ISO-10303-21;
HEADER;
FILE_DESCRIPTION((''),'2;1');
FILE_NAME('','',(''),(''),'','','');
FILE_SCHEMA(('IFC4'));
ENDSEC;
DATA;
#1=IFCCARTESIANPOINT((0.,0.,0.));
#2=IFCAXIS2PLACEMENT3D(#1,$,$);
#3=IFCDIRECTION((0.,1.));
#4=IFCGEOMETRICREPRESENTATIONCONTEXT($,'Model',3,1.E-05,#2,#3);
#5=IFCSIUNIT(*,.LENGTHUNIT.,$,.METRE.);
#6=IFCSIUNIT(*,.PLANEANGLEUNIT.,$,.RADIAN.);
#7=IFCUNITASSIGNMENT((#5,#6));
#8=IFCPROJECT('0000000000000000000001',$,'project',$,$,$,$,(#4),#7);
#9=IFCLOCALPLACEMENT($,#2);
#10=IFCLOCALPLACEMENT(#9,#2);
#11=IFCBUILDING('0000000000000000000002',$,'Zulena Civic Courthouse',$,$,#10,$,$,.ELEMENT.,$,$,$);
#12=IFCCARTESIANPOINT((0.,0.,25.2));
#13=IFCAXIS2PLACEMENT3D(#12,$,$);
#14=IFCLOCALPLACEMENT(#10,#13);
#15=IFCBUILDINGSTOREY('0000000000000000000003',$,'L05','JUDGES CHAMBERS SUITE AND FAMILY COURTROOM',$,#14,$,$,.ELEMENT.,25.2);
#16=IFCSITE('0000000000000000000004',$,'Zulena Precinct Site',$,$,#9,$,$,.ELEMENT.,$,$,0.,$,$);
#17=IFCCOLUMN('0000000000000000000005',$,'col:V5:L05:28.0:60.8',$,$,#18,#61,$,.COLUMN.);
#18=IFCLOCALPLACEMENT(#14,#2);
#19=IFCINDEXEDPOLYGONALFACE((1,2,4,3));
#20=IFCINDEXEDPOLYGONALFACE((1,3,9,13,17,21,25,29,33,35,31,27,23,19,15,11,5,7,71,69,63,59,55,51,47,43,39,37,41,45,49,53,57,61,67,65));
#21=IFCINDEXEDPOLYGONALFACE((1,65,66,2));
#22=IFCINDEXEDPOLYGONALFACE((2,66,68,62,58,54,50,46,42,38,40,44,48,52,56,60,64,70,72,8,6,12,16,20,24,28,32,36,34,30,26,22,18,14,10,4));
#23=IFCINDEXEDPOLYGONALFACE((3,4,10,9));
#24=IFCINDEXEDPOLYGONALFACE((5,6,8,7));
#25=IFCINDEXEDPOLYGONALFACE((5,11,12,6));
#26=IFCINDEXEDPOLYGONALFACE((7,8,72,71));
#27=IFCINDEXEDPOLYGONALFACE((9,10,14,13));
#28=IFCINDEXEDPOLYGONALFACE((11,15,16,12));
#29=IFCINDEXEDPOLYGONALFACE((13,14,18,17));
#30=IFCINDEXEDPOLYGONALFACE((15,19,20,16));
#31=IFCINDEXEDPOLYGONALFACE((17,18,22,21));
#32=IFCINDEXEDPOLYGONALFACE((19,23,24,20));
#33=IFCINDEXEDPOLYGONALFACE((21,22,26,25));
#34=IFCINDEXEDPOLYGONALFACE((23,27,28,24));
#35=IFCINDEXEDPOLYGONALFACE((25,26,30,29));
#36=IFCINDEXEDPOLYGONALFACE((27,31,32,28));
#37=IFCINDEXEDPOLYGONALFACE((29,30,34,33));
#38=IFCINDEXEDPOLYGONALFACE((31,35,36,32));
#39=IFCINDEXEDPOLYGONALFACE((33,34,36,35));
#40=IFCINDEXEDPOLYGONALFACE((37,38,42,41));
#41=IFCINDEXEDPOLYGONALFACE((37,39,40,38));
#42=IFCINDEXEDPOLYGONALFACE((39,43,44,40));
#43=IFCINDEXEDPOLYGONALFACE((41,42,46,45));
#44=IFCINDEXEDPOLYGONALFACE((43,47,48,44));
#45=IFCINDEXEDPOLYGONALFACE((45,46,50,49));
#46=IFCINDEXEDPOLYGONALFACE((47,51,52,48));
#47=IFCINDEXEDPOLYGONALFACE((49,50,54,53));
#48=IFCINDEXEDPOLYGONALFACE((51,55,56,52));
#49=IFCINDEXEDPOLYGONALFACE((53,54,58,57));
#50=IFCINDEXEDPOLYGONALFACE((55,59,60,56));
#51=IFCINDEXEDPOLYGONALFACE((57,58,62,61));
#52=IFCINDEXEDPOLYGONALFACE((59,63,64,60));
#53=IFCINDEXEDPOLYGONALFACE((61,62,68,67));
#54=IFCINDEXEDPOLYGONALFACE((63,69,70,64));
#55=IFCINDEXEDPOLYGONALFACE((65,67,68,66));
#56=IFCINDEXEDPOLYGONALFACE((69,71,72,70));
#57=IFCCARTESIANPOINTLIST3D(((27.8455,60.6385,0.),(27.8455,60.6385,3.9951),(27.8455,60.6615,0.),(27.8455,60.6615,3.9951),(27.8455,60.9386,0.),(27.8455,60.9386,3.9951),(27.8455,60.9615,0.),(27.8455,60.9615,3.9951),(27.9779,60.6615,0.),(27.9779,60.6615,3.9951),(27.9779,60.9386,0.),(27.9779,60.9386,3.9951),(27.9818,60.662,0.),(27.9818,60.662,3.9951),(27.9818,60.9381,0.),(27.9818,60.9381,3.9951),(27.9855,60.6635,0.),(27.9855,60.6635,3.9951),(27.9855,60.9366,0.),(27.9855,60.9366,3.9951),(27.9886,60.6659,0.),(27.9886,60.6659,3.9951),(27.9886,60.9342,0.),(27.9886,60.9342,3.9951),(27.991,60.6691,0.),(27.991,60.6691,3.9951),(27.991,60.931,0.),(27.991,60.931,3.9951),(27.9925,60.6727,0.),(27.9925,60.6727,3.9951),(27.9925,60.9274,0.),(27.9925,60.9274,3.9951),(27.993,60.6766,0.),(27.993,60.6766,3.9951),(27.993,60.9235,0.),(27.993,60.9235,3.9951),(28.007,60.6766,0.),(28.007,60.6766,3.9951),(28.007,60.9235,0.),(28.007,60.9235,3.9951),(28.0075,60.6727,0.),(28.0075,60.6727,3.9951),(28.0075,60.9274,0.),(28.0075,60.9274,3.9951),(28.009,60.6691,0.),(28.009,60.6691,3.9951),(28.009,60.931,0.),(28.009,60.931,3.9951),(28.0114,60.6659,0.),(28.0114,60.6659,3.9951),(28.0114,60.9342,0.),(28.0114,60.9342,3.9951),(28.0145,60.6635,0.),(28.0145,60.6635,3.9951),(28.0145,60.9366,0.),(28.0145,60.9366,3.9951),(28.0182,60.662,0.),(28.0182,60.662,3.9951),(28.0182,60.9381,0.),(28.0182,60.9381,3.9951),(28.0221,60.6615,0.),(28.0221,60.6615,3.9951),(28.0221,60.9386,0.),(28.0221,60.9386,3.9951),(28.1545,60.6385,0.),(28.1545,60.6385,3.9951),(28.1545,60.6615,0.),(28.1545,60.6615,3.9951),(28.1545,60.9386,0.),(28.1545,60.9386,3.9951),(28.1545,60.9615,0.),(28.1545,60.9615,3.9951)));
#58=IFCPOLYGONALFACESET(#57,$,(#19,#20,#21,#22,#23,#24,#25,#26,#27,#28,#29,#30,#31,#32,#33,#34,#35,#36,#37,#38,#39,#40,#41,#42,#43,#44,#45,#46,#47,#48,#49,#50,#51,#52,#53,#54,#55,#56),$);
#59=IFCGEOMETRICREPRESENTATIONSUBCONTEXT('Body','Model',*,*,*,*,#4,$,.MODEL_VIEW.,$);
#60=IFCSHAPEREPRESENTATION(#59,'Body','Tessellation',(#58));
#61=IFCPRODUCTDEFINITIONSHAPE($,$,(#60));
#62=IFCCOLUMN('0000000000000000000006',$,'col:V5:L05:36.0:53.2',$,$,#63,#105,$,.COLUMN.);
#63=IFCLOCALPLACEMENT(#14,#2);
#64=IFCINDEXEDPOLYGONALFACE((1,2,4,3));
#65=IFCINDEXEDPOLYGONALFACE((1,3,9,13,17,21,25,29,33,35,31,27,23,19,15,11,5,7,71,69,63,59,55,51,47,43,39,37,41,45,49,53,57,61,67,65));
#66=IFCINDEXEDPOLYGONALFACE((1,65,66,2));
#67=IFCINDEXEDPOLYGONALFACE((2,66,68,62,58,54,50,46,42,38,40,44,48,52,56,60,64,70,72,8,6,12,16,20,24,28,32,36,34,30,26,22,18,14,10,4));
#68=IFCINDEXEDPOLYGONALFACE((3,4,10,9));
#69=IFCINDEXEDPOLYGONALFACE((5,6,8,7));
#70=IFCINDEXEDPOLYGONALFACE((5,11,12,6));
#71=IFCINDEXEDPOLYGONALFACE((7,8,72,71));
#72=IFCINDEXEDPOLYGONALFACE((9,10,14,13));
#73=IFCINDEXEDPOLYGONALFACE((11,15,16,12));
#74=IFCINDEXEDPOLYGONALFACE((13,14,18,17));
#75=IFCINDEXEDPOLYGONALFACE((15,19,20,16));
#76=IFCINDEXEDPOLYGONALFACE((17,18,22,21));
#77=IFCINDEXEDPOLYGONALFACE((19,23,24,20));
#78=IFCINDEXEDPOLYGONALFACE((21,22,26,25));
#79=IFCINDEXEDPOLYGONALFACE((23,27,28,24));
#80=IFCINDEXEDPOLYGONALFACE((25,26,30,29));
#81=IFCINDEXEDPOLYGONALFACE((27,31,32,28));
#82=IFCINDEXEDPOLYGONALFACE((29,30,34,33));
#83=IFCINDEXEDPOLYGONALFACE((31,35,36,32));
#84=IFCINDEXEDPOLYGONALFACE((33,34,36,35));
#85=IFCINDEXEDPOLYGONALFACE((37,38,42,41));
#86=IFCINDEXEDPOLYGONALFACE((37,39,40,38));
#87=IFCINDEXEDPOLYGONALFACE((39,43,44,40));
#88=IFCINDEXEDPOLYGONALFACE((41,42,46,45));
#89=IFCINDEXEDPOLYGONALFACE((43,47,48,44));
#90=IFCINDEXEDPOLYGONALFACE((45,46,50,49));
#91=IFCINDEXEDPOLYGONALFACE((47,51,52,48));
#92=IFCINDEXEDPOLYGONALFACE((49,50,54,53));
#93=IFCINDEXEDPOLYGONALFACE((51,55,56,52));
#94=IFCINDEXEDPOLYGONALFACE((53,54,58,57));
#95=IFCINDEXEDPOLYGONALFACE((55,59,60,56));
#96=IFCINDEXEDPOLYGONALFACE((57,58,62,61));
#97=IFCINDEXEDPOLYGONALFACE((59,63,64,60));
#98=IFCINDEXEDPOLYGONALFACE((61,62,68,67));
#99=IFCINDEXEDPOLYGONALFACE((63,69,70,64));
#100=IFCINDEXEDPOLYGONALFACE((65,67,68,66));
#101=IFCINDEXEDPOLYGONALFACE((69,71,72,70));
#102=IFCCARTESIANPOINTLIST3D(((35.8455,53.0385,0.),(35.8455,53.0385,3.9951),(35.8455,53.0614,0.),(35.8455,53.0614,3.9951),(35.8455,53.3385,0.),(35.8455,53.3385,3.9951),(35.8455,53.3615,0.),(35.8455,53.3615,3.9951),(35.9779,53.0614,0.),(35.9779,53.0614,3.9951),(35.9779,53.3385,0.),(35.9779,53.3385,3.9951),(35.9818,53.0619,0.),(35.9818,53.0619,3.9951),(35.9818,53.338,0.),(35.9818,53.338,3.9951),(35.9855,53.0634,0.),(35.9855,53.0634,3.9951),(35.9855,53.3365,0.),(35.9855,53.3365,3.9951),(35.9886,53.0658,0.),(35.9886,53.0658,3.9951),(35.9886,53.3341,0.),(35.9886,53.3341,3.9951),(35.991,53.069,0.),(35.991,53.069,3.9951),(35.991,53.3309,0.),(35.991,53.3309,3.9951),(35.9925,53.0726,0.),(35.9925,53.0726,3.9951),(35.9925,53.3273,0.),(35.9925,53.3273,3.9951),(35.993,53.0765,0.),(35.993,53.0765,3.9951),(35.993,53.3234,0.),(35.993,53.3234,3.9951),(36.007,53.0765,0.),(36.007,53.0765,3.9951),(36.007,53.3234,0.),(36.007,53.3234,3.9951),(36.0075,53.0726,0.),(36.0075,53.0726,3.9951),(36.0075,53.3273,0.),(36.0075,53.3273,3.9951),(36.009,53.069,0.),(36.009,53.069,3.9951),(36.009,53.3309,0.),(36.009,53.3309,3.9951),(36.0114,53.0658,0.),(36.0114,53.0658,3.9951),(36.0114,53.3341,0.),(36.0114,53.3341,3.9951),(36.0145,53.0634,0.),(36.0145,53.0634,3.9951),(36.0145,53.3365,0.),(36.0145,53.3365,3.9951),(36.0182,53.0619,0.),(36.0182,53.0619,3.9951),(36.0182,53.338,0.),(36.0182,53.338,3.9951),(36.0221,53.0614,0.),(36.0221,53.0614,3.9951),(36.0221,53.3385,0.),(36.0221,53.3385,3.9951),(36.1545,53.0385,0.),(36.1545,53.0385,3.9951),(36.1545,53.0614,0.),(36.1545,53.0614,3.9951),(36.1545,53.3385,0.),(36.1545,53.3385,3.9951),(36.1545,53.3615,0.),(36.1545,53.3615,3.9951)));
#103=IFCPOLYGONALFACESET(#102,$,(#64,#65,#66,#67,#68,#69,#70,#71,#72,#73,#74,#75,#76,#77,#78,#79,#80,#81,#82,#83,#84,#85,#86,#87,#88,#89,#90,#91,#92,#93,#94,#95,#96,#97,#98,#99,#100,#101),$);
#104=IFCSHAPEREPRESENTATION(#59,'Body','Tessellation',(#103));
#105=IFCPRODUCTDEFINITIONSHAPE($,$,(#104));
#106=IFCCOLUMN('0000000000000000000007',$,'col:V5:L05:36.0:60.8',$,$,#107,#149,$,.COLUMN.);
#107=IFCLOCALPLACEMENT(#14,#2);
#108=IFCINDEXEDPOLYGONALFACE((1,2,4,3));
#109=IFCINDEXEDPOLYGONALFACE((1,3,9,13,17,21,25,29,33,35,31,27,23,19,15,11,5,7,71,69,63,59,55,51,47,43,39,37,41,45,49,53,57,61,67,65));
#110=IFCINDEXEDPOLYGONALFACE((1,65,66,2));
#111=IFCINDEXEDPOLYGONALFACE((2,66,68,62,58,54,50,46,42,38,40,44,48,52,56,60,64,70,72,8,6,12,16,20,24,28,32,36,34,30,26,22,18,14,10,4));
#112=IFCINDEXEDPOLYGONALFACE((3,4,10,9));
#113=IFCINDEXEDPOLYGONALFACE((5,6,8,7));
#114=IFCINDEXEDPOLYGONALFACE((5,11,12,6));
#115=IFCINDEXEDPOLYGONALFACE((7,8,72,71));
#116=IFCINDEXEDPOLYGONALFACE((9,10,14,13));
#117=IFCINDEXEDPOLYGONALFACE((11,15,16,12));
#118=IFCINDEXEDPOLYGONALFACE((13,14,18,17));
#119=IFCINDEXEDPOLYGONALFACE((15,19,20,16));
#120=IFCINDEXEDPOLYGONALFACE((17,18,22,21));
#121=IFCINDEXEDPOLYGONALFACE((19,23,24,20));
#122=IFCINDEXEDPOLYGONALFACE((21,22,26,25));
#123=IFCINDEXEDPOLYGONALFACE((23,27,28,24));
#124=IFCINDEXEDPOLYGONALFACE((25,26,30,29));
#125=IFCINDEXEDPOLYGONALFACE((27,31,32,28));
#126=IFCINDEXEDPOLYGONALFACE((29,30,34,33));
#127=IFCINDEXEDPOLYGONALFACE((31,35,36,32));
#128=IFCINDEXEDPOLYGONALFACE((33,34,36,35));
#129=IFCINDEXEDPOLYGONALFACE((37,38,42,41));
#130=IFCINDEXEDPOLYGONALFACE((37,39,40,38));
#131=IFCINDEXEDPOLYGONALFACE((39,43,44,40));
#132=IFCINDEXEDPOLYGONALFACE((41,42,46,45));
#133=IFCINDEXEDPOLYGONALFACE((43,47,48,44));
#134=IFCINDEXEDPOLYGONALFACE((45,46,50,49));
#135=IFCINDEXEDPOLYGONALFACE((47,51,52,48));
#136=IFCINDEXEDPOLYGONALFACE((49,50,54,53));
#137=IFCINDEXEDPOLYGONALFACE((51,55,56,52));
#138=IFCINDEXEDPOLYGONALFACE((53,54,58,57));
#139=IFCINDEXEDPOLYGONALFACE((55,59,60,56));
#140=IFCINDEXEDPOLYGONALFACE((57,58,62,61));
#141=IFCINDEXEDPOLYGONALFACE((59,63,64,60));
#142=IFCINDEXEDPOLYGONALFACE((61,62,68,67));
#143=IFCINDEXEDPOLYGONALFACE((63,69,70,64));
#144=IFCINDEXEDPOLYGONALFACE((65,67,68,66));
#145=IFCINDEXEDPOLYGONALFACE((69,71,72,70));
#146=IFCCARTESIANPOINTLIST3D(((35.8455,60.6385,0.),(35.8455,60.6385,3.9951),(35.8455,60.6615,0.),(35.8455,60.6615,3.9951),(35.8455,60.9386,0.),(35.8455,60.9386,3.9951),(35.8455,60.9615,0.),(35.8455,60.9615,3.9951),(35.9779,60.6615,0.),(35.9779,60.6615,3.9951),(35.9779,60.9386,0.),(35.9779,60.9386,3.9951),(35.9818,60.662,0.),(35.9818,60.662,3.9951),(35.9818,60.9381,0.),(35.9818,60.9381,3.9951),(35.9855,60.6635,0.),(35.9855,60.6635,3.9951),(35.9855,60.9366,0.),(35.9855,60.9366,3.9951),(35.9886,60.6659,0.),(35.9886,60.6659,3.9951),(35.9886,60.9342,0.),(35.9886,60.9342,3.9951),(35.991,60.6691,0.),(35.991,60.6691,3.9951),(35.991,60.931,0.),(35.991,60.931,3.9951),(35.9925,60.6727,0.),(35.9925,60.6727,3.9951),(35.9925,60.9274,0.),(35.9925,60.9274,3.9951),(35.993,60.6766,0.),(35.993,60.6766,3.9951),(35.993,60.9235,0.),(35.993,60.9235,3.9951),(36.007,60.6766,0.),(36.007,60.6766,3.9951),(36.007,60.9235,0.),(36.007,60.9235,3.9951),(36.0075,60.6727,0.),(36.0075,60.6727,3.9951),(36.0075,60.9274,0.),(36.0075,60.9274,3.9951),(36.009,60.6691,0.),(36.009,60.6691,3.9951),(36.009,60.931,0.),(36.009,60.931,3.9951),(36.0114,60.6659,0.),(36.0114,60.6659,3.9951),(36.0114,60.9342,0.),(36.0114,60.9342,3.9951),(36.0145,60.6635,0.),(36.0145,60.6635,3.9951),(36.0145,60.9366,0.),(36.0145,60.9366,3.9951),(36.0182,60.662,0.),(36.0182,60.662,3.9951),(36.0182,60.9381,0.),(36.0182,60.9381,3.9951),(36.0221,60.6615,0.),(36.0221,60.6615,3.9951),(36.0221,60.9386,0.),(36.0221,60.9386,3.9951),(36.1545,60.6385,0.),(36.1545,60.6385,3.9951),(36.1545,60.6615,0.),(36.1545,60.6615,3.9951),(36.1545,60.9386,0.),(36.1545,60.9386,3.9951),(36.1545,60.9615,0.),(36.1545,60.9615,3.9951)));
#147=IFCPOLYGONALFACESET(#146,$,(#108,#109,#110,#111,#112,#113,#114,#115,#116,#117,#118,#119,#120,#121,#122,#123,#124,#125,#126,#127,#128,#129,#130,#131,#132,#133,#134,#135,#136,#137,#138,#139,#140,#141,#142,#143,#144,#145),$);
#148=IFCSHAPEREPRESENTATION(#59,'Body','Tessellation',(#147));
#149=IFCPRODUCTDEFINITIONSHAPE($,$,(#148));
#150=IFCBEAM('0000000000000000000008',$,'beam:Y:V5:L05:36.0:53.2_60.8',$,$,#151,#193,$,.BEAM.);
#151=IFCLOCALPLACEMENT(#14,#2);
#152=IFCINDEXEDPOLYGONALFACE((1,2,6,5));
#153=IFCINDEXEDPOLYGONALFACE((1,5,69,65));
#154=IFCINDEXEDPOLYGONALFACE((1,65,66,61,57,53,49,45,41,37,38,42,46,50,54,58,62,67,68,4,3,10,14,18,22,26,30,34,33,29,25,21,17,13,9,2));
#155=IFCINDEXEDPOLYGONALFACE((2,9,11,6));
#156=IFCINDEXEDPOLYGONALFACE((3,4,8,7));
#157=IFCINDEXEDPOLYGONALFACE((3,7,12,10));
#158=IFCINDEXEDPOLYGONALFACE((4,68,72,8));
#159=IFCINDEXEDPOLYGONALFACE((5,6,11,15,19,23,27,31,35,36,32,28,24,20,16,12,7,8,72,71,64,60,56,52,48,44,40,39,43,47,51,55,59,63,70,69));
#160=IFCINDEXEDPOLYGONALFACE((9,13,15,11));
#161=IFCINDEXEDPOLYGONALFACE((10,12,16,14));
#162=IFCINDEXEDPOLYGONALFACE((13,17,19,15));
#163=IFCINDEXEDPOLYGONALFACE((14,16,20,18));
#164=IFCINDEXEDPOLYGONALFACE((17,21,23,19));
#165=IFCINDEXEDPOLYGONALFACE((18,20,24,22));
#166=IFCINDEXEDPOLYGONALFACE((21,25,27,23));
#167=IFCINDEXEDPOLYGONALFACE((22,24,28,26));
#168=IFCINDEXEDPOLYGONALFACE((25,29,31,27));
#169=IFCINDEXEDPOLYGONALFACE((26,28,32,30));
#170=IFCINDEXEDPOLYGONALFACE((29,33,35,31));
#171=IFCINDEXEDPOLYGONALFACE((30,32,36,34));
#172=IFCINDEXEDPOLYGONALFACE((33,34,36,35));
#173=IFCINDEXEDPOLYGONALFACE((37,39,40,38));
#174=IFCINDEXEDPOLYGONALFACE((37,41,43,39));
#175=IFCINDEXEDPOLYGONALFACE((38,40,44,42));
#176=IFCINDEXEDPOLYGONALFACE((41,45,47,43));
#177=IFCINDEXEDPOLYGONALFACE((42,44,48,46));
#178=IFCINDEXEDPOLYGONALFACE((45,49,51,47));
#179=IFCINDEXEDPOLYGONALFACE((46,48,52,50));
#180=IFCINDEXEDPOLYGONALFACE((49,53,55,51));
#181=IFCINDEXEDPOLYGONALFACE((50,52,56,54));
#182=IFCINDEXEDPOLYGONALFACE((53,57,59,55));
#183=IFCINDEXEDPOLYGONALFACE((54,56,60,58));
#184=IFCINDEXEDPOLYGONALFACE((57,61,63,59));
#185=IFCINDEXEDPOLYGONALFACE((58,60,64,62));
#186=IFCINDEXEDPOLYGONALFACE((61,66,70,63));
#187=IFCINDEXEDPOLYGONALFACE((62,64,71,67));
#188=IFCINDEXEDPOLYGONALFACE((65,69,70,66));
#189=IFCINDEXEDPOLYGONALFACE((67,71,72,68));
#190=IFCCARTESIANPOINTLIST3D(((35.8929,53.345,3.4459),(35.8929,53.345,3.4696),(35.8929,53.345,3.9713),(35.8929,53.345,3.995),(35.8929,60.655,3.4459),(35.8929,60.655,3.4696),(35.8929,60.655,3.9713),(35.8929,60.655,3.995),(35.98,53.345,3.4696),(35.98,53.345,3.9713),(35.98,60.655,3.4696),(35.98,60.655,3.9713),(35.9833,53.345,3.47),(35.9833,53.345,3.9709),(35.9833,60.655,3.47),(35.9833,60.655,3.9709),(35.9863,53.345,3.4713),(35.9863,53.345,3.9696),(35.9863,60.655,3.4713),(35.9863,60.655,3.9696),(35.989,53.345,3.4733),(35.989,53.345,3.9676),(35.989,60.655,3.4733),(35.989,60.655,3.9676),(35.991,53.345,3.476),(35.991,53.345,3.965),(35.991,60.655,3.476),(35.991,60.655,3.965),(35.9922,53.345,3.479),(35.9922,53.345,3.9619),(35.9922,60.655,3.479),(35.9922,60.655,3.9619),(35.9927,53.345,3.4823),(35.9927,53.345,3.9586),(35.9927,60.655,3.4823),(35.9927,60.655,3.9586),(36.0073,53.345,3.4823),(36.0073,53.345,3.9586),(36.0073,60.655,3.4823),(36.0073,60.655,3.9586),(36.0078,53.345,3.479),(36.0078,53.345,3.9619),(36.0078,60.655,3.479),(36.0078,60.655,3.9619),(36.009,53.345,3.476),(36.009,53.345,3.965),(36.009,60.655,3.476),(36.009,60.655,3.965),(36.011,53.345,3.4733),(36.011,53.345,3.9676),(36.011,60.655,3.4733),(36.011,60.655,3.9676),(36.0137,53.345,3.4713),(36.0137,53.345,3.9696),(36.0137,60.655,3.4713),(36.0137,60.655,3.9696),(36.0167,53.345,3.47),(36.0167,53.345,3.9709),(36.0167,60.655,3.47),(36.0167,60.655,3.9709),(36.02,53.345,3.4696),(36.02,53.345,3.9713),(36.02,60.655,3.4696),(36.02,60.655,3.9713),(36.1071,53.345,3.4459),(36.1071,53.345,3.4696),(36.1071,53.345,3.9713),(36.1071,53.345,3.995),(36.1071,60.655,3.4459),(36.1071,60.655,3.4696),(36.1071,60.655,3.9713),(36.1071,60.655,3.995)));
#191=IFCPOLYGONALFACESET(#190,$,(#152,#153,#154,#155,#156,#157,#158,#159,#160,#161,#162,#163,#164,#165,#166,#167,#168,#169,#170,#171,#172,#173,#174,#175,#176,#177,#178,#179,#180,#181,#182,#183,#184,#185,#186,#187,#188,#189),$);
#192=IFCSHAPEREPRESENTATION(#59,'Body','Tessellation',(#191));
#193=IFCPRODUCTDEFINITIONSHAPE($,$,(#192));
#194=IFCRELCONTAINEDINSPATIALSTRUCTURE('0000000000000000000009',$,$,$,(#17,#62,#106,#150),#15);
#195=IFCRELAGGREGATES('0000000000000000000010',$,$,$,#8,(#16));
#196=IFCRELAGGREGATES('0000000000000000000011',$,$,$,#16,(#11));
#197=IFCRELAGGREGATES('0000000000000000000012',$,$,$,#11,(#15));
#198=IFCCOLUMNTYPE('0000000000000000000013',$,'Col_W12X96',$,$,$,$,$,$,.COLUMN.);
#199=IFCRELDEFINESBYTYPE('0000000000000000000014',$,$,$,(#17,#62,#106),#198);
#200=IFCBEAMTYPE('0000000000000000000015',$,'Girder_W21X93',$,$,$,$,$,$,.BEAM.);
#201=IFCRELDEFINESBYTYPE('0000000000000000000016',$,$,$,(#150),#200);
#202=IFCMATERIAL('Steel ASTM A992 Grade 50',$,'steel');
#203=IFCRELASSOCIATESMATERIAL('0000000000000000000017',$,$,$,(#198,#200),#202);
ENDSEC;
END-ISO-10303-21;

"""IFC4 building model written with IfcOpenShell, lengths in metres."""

from ifc_helpers import new_model, si_unit, direction, frame, origin, origin_2d, place, context, subcontext, project, spatial, i_section, extrude, material, material_profile, profile_set, type_object, element, save


model = new_model("IFC4")

# Units and contexts
model_context = context("Model", 3, precision=1e-05, world=origin(), true_north=direction((0.0, 1.0)))
body_context = subcontext(model_context, "Body", "Model", "MODEL_VIEW")
ifc_project = project(units=[si_unit("LENGTHUNIT", "METRE"), si_unit("PLANEANGLEUNIT", "RADIAN")], contexts=[model_context])

# Site, building, storey
site_placement = place(None, origin())
site = spatial("IfcSite", under=ifc_project, at=site_placement, Name="Zulena Precinct Site", CompositionType="ELEMENT", RefElevation=0.0)
building_placement = place(site_placement, origin())
building = spatial("IfcBuilding", under=site, at=building_placement, Name="Zulena Civic Courthouse", CompositionType="ELEMENT")
storey_placement = place(building_placement, frame((0.0, 0.0, 25.2)))
storey = spatial("IfcBuildingStorey", under=building, at=storey_placement, Name="L05", Description="JUDGES CHAMBERS SUITE AND FAMILY COURTROOM", CompositionType="ELEMENT", Elevation=25.2)

# Columns
ifc_material_1 = material(Name="Steel ASTM A992 Grade 50", Category="steel")
ifc_material_profile_1 = material_profile(ifc_material_1, i_section(OverallWidth=0.3091, OverallDepth=0.323, WebThickness=0.0139, FlangeThickness=0.0229, FilletRadius=0.0151, at=origin_2d()), Name="W12X96")
ifc_profile_set_1 = profile_set([ifc_material_profile_1], Name="Steel ASTM A992 Grade 50")
column_type = type_object("IfcColumnType", Name="Col_W12X96", PredefinedType="COLUMN", material=ifc_profile_set_1)
for number, where, z_axis, x_axis, name in (
    (1, (28.0, 60.8, 0.0), (0.0, 0.0, 1.0), (1.0, 0.0, 0.0), "col:V5:L05:28.0:60.8"),
    (2, (36.0, 53.2, 0.0), (0.0, 0.0, 1.0), (1.0, 0.0, 0.0), "col:V5:L05:36.0:53.2"),
    (3, (36.0, 60.8, 0.0), (0.0, 0.0, 1.0), (1.0, 0.0, 0.0), "col:V5:L05:36.0:60.8"),
):
    element("IfcColumn", number, at=place(storey_placement, frame(where, z_axis=z_axis, x_axis=x_axis)), inside=storey, type_object=column_type, Name=name, PredefinedType="COLUMN", context=body_context, shape_type="SweptSolid", body=[
        extrude(i_section(OverallWidth=0.3091, OverallDepth=0.323, WebThickness=0.0139, FlangeThickness=0.0229, FilletRadius=0.0151, at=origin_2d()), origin(), (0.0, 0.0, 1.0), 3.9951),
    ])

# Beam
ifc_material_profile_2 = material_profile(ifc_material_1, i_section(OverallWidth=0.2141, OverallDepth=0.5491, WebThickness=0.0146, FlangeThickness=0.0237, FilletRadius=0.0127, at=origin_2d()), Name="W21X93")
ifc_profile_set_2 = profile_set([ifc_material_profile_2], Name="Steel ASTM A992 Grade 50")
beam_type_1 = type_object("IfcBeamType", Name="Girder_W21X93", PredefinedType="BEAM", material=ifc_profile_set_2)
beam_1_placement = place(storey_placement, frame((36.0, 53.345, 3.7205), z_axis=(0.0, 1.0, 0.0), x_axis=(-1.0, 0.0, 0.0)))
element("IfcBeam", 4, at=beam_1_placement, inside=storey, type_object=beam_type_1, Name="beam:Y:V5:L05:36.0:53.2_60.8", PredefinedType="BEAM", context=body_context, shape_type="SweptSolid", body=[
    extrude(i_section(OverallWidth=0.2141, OverallDepth=0.5491, WebThickness=0.0146, FlangeThickness=0.0237, FilletRadius=0.0127, at=origin_2d()), origin(), (0.0, 0.0, 1.0), 7.3101),
])

save(model, "model.ifc")
